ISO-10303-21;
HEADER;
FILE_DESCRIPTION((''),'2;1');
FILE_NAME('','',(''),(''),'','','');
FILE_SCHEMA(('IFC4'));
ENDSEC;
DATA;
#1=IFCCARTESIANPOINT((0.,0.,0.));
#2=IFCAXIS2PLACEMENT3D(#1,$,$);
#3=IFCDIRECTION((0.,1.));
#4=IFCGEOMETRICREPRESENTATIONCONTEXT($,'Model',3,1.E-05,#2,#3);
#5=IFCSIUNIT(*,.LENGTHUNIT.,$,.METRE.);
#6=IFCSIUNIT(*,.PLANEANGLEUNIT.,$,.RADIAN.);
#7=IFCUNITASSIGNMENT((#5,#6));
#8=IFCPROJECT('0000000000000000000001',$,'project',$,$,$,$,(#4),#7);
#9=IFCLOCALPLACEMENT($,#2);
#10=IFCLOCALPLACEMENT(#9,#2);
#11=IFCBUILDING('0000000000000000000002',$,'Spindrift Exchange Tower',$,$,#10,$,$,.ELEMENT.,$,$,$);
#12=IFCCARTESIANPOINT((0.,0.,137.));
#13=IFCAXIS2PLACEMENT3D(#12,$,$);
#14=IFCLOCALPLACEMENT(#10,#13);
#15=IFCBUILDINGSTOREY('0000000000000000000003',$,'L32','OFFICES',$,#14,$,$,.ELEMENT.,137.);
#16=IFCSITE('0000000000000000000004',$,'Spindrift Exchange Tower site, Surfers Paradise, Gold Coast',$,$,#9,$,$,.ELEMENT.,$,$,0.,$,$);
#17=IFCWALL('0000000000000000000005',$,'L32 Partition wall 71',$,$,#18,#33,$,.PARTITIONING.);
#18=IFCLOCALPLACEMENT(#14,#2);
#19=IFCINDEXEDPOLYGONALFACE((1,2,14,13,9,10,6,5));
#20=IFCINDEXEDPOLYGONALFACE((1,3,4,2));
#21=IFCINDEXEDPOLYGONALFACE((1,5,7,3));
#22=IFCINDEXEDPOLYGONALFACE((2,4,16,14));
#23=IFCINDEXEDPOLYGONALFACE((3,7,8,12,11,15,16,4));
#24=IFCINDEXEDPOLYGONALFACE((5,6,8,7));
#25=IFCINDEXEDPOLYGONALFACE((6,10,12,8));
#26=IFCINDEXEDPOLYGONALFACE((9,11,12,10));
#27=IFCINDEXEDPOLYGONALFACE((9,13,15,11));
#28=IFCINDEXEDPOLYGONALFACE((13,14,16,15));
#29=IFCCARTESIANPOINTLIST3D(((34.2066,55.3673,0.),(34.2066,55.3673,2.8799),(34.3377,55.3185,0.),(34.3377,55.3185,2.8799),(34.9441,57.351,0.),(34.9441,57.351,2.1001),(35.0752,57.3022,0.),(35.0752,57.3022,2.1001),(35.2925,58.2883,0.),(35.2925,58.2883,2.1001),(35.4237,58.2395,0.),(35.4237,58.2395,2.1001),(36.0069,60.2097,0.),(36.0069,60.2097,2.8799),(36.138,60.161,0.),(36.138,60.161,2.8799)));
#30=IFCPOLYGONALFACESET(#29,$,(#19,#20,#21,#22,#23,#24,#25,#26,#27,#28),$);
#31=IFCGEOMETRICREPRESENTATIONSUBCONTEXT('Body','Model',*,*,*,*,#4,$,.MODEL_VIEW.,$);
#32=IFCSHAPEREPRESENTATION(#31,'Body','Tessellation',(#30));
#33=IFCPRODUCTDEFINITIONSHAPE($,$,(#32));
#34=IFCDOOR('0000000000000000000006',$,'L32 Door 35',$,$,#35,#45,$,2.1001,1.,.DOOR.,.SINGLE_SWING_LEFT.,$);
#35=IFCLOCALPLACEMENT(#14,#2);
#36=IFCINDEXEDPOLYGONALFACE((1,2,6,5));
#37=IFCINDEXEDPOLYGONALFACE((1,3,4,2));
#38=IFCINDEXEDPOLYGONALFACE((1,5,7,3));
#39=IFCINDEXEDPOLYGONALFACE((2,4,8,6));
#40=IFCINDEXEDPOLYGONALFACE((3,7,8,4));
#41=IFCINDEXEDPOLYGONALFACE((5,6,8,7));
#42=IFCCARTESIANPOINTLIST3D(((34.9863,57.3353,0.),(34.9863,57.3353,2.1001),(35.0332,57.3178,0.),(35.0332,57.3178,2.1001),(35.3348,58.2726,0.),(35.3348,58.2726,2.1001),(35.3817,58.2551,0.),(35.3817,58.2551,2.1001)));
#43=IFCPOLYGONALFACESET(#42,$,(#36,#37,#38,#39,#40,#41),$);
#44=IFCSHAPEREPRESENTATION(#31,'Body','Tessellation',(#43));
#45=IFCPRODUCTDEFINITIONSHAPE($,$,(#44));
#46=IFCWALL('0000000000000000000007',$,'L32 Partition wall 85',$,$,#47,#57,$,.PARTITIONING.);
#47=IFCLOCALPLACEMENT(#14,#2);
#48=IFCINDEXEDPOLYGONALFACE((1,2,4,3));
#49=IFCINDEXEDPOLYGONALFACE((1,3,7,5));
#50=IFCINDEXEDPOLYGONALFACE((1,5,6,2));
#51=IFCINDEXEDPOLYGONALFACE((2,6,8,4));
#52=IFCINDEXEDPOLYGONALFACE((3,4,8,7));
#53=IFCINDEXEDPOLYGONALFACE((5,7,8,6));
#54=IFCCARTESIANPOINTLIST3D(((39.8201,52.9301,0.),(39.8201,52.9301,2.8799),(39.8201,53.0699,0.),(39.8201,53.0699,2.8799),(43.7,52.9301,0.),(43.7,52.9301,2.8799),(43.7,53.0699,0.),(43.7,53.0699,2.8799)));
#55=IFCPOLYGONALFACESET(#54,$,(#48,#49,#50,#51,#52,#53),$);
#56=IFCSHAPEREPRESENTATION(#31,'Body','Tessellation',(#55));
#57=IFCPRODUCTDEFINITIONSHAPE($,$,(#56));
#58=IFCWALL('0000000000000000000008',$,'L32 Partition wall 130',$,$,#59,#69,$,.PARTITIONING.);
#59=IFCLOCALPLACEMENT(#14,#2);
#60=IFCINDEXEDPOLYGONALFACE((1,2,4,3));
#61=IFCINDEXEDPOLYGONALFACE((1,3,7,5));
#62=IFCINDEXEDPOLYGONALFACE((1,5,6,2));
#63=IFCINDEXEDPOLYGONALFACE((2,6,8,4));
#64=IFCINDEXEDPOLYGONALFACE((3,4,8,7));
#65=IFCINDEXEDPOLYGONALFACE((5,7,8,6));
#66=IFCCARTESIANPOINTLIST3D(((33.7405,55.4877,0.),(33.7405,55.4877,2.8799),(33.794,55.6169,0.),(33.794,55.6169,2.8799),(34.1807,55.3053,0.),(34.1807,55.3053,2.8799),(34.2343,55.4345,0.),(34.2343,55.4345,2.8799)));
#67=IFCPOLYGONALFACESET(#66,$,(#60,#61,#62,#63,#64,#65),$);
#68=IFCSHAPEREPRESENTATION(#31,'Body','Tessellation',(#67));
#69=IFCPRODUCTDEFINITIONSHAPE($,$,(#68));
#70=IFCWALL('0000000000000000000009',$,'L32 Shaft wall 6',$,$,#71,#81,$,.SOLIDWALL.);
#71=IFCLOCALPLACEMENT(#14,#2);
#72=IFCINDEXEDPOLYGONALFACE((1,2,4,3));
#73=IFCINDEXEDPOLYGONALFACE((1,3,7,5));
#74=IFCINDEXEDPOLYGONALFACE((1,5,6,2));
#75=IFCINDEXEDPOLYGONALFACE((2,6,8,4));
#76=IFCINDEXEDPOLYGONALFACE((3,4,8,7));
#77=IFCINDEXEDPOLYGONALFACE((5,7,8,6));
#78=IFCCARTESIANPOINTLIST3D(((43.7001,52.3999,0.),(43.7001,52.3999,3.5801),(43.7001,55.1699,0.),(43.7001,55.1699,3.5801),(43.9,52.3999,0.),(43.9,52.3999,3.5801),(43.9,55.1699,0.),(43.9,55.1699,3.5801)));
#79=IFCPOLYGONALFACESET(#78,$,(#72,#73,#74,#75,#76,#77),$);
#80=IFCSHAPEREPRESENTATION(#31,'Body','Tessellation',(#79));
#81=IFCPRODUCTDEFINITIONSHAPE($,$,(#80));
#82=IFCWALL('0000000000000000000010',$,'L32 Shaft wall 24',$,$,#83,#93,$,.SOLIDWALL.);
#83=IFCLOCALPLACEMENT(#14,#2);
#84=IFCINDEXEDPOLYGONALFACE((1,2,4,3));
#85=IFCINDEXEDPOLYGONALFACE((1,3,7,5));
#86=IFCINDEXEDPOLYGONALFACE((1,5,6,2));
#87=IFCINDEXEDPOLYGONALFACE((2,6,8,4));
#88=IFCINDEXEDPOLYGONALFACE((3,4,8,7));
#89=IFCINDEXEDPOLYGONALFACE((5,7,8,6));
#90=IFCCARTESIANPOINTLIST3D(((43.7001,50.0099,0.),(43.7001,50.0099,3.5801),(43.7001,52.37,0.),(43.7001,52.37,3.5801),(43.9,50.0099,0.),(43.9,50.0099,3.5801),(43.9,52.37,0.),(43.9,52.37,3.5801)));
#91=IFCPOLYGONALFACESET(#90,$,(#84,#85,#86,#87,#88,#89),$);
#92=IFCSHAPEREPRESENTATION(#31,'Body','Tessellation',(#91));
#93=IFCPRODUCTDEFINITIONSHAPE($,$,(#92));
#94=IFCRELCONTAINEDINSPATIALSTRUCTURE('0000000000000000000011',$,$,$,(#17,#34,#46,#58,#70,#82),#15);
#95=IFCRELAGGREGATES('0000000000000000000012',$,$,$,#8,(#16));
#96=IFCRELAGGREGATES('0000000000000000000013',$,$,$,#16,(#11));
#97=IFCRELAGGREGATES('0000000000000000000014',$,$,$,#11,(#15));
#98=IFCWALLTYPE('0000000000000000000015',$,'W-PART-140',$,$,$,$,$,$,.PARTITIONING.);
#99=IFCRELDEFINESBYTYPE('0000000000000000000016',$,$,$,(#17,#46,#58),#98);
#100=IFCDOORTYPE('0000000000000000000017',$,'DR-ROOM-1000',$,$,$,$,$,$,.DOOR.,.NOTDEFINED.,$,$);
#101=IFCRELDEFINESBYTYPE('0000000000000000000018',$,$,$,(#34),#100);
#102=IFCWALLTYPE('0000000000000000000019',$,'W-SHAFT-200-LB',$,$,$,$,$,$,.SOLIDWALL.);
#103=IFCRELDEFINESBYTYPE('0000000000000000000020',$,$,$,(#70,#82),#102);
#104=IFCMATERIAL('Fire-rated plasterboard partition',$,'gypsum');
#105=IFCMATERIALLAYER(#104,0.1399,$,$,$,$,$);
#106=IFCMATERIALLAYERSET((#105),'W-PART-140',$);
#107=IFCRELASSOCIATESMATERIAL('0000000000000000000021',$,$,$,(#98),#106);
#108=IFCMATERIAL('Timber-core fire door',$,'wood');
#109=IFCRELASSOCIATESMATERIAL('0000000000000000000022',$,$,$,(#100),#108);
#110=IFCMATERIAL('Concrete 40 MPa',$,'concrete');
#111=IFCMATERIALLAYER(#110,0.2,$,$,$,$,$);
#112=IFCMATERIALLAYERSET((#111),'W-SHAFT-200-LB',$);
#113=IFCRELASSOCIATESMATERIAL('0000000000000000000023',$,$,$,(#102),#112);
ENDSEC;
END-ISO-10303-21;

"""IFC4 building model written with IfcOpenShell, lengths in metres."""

from ifc_helpers import new_model, si_unit, direction, frame, frame_2d, origin, place, context, subcontext, project, spatial, rectangle, extrude, source, transform, mapped, material, layer, layer_set, type_object, element, fill, save


model = new_model("IFC4")

# Units and contexts
model_context = context("Model", 3, precision=1e-05, world=origin(), true_north=direction((0.0, 1.0)))
body_context = subcontext(model_context, "Body", "Model", "MODEL_VIEW")
ifc_project = project(units=[si_unit("LENGTHUNIT", "METRE"), si_unit("PLANEANGLEUNIT", "RADIAN")], contexts=[model_context])

# Site, building, storey
site_placement = place(None, origin())
site = spatial("IfcSite", under=ifc_project, at=site_placement, Name="Spindrift Exchange Tower site, Surfers Paradise, Gold Coast", CompositionType="ELEMENT", RefElevation=0.0)
building_placement = place(site_placement, origin())
building = spatial("IfcBuilding", under=site, at=building_placement, Name="Spindrift Exchange Tower", CompositionType="ELEMENT")
storey_placement = place(building_placement, frame((0.0, 0.0, 137.0)))
storey = spatial("IfcBuildingStorey", under=building, at=storey_placement, Name="L32", Description="OFFICES", CompositionType="ELEMENT", Elevation=137.0)

# Shared definitions
ifc_material_1 = material(Name="Fire-rated plasterboard partition", Category="gypsum")

# Shared definitions
ifc_layer_1 = layer(ifc_material_1, 0.1399)
ifc_layer_set_1 = layer_set([ifc_layer_1], Name="W-PART-140")
wall_type_1 = type_object("IfcWallType", Name="W-PART-140", PredefinedType="PARTITIONING", material=ifc_layer_set_1)

# Wall, opening, door
wall_1_placement = place(storey_placement, frame((34.2722, 55.343, 0.0), z_axis=(0.0, 0.0, 1.0), x_axis=(0.348465, 0.937322, 0.0)))
wall_1 = element("IfcWall", 1, at=wall_1_placement, inside=storey, type_object=wall_type_1, Name="L32 Partition wall 71", PredefinedType="PARTITIONING", context=body_context, shape_type="SweptSolid", body=[
    extrude(rectangle(XDim=5.1663, YDim=0.1399, at=frame_2d((2.583, 0.0))), origin(), (0.0, 0.0, 1.0), 2.8799),
])
opening_1_placement = place(wall_1_placement, frame((2.1162, 0.0, 0.0)))
opening_1 = element("IfcOpeningElement", 2, at=opening_1_placement, cuts=wall_1, PredefinedType="OPENING", context=body_context, shape_type="SweptSolid", body=[
    extrude(rectangle(XDim=1.0, YDim=2.1001, at=frame_2d((0.5, 1.05))), frame((0.0, 0.0798, 0.0), z_axis=(0.0, -1.0, 0.0), x_axis=(1.0, 0.0, 0.0)), (0.0, 0.0, 1.0), 0.1599),
])
ifc_material_2 = material(Name="Timber-core fire door", Category="wood")
door_type_1 = type_object("IfcDoorType", Name="DR-ROOM-1000", OperationType="NOTDEFINED", PredefinedType="DOOR", material=ifc_material_2)
shared_shape_1 = source(origin(), body_context, "Body", "SweptSolid", [
    extrude(rectangle(XDim=1.0, YDim=2.1001, at=frame_2d((0.5, 1.05))), frame((0.0, 0.0249, 0.0), z_axis=(0.0, -1.0, 0.0), x_axis=(1.0, 0.0, 0.0)), (0.0, 0.0, 1.0), 0.05),
])
door_1_placement = place(opening_1_placement, origin())
door_1 = element("IfcDoor", 3, at=door_1_placement, inside=storey, type_object=door_type_1, Name="L32 Door 35", OperationType="SINGLE_SWING_LEFT", OverallHeight=2.1001, OverallWidth=1.0, PredefinedType="DOOR", context=body_context, shape_type="MappedRepresentation", body=[
    mapped(shared_shape_1, transform((0.0, 0.0, 0.0), scale=1.0)),
])
fill(opening_1, door_1)

# Walls
wall_2_placement = place(storey_placement, frame((39.8201, 53.0, 0.0), z_axis=(0.0, 0.0, 1.0), x_axis=(1.0, 0.0, 0.0)))
element("IfcWall", 4, at=wall_2_placement, inside=storey, type_object=wall_type_1, Name="L32 Partition wall 85", PredefinedType="PARTITIONING", context=body_context, shape_type="SweptSolid", body=[
    extrude(rectangle(XDim=3.8799, YDim=0.1399, at=frame_2d((1.9399, 0.0))), origin(), (0.0, 0.0, 1.0), 2.8799),
])
wall_3_placement = place(storey_placement, frame((34.2075, 55.3699, 0.0), z_axis=(0.0, 0.0, 1.0), x_axis=(-0.923848, 0.382759, 0.0)))
element("IfcWall", 5, at=wall_3_placement, inside=storey, type_object=wall_type_1, Name="L32 Partition wall 130", PredefinedType="PARTITIONING", context=body_context, shape_type="SweptSolid", body=[
    extrude(rectangle(XDim=0.4766, YDim=0.1399, at=frame_2d((0.2383, 0.0))), origin(), (0.0, 0.0, 1.0), 2.8799),
])
ifc_material_3 = material(Name="Concrete 40 MPa", Category="concrete")
ifc_layer_2 = layer(ifc_material_3, 0.2)
ifc_layer_set_2 = layer_set([ifc_layer_2], Name="W-SHAFT-200-LB")
wall_type_2 = type_object("IfcWallType", Name="W-SHAFT-200-LB", PredefinedType="SOLIDWALL", material=ifc_layer_set_2)
wall_4_placement = place(storey_placement, frame((43.8, 55.1699, 0.0), z_axis=(0.0, 0.0, 1.0), x_axis=(0.0, -1.0, 0.0)))
element("IfcWall", 6, at=wall_4_placement, inside=storey, type_object=wall_type_2, Name="L32 Shaft wall 6", PredefinedType="SOLIDWALL", context=body_context, shape_type="SweptSolid", body=[
    extrude(rectangle(XDim=2.77, YDim=0.2, at=frame_2d((1.385, 0.0))), origin(), (0.0, 0.0, 1.0), 3.5801),
])
wall_5_placement = place(storey_placement, frame((43.8, 52.3701, 0.0), z_axis=(0.0, 0.0, 1.0), x_axis=(0.0, -1.0, 0.0)))
element("IfcWall", 7, at=wall_5_placement, inside=storey, type_object=wall_type_2, Name="L32 Shaft wall 24", PredefinedType="SOLIDWALL", context=body_context, shape_type="SweptSolid", body=[
    extrude(rectangle(XDim=2.3601, YDim=0.2, at=frame_2d((1.1802, 0.0))), origin(), (0.0, 0.0, 1.0), 3.5801),
])

save(model, "model.ifc")
